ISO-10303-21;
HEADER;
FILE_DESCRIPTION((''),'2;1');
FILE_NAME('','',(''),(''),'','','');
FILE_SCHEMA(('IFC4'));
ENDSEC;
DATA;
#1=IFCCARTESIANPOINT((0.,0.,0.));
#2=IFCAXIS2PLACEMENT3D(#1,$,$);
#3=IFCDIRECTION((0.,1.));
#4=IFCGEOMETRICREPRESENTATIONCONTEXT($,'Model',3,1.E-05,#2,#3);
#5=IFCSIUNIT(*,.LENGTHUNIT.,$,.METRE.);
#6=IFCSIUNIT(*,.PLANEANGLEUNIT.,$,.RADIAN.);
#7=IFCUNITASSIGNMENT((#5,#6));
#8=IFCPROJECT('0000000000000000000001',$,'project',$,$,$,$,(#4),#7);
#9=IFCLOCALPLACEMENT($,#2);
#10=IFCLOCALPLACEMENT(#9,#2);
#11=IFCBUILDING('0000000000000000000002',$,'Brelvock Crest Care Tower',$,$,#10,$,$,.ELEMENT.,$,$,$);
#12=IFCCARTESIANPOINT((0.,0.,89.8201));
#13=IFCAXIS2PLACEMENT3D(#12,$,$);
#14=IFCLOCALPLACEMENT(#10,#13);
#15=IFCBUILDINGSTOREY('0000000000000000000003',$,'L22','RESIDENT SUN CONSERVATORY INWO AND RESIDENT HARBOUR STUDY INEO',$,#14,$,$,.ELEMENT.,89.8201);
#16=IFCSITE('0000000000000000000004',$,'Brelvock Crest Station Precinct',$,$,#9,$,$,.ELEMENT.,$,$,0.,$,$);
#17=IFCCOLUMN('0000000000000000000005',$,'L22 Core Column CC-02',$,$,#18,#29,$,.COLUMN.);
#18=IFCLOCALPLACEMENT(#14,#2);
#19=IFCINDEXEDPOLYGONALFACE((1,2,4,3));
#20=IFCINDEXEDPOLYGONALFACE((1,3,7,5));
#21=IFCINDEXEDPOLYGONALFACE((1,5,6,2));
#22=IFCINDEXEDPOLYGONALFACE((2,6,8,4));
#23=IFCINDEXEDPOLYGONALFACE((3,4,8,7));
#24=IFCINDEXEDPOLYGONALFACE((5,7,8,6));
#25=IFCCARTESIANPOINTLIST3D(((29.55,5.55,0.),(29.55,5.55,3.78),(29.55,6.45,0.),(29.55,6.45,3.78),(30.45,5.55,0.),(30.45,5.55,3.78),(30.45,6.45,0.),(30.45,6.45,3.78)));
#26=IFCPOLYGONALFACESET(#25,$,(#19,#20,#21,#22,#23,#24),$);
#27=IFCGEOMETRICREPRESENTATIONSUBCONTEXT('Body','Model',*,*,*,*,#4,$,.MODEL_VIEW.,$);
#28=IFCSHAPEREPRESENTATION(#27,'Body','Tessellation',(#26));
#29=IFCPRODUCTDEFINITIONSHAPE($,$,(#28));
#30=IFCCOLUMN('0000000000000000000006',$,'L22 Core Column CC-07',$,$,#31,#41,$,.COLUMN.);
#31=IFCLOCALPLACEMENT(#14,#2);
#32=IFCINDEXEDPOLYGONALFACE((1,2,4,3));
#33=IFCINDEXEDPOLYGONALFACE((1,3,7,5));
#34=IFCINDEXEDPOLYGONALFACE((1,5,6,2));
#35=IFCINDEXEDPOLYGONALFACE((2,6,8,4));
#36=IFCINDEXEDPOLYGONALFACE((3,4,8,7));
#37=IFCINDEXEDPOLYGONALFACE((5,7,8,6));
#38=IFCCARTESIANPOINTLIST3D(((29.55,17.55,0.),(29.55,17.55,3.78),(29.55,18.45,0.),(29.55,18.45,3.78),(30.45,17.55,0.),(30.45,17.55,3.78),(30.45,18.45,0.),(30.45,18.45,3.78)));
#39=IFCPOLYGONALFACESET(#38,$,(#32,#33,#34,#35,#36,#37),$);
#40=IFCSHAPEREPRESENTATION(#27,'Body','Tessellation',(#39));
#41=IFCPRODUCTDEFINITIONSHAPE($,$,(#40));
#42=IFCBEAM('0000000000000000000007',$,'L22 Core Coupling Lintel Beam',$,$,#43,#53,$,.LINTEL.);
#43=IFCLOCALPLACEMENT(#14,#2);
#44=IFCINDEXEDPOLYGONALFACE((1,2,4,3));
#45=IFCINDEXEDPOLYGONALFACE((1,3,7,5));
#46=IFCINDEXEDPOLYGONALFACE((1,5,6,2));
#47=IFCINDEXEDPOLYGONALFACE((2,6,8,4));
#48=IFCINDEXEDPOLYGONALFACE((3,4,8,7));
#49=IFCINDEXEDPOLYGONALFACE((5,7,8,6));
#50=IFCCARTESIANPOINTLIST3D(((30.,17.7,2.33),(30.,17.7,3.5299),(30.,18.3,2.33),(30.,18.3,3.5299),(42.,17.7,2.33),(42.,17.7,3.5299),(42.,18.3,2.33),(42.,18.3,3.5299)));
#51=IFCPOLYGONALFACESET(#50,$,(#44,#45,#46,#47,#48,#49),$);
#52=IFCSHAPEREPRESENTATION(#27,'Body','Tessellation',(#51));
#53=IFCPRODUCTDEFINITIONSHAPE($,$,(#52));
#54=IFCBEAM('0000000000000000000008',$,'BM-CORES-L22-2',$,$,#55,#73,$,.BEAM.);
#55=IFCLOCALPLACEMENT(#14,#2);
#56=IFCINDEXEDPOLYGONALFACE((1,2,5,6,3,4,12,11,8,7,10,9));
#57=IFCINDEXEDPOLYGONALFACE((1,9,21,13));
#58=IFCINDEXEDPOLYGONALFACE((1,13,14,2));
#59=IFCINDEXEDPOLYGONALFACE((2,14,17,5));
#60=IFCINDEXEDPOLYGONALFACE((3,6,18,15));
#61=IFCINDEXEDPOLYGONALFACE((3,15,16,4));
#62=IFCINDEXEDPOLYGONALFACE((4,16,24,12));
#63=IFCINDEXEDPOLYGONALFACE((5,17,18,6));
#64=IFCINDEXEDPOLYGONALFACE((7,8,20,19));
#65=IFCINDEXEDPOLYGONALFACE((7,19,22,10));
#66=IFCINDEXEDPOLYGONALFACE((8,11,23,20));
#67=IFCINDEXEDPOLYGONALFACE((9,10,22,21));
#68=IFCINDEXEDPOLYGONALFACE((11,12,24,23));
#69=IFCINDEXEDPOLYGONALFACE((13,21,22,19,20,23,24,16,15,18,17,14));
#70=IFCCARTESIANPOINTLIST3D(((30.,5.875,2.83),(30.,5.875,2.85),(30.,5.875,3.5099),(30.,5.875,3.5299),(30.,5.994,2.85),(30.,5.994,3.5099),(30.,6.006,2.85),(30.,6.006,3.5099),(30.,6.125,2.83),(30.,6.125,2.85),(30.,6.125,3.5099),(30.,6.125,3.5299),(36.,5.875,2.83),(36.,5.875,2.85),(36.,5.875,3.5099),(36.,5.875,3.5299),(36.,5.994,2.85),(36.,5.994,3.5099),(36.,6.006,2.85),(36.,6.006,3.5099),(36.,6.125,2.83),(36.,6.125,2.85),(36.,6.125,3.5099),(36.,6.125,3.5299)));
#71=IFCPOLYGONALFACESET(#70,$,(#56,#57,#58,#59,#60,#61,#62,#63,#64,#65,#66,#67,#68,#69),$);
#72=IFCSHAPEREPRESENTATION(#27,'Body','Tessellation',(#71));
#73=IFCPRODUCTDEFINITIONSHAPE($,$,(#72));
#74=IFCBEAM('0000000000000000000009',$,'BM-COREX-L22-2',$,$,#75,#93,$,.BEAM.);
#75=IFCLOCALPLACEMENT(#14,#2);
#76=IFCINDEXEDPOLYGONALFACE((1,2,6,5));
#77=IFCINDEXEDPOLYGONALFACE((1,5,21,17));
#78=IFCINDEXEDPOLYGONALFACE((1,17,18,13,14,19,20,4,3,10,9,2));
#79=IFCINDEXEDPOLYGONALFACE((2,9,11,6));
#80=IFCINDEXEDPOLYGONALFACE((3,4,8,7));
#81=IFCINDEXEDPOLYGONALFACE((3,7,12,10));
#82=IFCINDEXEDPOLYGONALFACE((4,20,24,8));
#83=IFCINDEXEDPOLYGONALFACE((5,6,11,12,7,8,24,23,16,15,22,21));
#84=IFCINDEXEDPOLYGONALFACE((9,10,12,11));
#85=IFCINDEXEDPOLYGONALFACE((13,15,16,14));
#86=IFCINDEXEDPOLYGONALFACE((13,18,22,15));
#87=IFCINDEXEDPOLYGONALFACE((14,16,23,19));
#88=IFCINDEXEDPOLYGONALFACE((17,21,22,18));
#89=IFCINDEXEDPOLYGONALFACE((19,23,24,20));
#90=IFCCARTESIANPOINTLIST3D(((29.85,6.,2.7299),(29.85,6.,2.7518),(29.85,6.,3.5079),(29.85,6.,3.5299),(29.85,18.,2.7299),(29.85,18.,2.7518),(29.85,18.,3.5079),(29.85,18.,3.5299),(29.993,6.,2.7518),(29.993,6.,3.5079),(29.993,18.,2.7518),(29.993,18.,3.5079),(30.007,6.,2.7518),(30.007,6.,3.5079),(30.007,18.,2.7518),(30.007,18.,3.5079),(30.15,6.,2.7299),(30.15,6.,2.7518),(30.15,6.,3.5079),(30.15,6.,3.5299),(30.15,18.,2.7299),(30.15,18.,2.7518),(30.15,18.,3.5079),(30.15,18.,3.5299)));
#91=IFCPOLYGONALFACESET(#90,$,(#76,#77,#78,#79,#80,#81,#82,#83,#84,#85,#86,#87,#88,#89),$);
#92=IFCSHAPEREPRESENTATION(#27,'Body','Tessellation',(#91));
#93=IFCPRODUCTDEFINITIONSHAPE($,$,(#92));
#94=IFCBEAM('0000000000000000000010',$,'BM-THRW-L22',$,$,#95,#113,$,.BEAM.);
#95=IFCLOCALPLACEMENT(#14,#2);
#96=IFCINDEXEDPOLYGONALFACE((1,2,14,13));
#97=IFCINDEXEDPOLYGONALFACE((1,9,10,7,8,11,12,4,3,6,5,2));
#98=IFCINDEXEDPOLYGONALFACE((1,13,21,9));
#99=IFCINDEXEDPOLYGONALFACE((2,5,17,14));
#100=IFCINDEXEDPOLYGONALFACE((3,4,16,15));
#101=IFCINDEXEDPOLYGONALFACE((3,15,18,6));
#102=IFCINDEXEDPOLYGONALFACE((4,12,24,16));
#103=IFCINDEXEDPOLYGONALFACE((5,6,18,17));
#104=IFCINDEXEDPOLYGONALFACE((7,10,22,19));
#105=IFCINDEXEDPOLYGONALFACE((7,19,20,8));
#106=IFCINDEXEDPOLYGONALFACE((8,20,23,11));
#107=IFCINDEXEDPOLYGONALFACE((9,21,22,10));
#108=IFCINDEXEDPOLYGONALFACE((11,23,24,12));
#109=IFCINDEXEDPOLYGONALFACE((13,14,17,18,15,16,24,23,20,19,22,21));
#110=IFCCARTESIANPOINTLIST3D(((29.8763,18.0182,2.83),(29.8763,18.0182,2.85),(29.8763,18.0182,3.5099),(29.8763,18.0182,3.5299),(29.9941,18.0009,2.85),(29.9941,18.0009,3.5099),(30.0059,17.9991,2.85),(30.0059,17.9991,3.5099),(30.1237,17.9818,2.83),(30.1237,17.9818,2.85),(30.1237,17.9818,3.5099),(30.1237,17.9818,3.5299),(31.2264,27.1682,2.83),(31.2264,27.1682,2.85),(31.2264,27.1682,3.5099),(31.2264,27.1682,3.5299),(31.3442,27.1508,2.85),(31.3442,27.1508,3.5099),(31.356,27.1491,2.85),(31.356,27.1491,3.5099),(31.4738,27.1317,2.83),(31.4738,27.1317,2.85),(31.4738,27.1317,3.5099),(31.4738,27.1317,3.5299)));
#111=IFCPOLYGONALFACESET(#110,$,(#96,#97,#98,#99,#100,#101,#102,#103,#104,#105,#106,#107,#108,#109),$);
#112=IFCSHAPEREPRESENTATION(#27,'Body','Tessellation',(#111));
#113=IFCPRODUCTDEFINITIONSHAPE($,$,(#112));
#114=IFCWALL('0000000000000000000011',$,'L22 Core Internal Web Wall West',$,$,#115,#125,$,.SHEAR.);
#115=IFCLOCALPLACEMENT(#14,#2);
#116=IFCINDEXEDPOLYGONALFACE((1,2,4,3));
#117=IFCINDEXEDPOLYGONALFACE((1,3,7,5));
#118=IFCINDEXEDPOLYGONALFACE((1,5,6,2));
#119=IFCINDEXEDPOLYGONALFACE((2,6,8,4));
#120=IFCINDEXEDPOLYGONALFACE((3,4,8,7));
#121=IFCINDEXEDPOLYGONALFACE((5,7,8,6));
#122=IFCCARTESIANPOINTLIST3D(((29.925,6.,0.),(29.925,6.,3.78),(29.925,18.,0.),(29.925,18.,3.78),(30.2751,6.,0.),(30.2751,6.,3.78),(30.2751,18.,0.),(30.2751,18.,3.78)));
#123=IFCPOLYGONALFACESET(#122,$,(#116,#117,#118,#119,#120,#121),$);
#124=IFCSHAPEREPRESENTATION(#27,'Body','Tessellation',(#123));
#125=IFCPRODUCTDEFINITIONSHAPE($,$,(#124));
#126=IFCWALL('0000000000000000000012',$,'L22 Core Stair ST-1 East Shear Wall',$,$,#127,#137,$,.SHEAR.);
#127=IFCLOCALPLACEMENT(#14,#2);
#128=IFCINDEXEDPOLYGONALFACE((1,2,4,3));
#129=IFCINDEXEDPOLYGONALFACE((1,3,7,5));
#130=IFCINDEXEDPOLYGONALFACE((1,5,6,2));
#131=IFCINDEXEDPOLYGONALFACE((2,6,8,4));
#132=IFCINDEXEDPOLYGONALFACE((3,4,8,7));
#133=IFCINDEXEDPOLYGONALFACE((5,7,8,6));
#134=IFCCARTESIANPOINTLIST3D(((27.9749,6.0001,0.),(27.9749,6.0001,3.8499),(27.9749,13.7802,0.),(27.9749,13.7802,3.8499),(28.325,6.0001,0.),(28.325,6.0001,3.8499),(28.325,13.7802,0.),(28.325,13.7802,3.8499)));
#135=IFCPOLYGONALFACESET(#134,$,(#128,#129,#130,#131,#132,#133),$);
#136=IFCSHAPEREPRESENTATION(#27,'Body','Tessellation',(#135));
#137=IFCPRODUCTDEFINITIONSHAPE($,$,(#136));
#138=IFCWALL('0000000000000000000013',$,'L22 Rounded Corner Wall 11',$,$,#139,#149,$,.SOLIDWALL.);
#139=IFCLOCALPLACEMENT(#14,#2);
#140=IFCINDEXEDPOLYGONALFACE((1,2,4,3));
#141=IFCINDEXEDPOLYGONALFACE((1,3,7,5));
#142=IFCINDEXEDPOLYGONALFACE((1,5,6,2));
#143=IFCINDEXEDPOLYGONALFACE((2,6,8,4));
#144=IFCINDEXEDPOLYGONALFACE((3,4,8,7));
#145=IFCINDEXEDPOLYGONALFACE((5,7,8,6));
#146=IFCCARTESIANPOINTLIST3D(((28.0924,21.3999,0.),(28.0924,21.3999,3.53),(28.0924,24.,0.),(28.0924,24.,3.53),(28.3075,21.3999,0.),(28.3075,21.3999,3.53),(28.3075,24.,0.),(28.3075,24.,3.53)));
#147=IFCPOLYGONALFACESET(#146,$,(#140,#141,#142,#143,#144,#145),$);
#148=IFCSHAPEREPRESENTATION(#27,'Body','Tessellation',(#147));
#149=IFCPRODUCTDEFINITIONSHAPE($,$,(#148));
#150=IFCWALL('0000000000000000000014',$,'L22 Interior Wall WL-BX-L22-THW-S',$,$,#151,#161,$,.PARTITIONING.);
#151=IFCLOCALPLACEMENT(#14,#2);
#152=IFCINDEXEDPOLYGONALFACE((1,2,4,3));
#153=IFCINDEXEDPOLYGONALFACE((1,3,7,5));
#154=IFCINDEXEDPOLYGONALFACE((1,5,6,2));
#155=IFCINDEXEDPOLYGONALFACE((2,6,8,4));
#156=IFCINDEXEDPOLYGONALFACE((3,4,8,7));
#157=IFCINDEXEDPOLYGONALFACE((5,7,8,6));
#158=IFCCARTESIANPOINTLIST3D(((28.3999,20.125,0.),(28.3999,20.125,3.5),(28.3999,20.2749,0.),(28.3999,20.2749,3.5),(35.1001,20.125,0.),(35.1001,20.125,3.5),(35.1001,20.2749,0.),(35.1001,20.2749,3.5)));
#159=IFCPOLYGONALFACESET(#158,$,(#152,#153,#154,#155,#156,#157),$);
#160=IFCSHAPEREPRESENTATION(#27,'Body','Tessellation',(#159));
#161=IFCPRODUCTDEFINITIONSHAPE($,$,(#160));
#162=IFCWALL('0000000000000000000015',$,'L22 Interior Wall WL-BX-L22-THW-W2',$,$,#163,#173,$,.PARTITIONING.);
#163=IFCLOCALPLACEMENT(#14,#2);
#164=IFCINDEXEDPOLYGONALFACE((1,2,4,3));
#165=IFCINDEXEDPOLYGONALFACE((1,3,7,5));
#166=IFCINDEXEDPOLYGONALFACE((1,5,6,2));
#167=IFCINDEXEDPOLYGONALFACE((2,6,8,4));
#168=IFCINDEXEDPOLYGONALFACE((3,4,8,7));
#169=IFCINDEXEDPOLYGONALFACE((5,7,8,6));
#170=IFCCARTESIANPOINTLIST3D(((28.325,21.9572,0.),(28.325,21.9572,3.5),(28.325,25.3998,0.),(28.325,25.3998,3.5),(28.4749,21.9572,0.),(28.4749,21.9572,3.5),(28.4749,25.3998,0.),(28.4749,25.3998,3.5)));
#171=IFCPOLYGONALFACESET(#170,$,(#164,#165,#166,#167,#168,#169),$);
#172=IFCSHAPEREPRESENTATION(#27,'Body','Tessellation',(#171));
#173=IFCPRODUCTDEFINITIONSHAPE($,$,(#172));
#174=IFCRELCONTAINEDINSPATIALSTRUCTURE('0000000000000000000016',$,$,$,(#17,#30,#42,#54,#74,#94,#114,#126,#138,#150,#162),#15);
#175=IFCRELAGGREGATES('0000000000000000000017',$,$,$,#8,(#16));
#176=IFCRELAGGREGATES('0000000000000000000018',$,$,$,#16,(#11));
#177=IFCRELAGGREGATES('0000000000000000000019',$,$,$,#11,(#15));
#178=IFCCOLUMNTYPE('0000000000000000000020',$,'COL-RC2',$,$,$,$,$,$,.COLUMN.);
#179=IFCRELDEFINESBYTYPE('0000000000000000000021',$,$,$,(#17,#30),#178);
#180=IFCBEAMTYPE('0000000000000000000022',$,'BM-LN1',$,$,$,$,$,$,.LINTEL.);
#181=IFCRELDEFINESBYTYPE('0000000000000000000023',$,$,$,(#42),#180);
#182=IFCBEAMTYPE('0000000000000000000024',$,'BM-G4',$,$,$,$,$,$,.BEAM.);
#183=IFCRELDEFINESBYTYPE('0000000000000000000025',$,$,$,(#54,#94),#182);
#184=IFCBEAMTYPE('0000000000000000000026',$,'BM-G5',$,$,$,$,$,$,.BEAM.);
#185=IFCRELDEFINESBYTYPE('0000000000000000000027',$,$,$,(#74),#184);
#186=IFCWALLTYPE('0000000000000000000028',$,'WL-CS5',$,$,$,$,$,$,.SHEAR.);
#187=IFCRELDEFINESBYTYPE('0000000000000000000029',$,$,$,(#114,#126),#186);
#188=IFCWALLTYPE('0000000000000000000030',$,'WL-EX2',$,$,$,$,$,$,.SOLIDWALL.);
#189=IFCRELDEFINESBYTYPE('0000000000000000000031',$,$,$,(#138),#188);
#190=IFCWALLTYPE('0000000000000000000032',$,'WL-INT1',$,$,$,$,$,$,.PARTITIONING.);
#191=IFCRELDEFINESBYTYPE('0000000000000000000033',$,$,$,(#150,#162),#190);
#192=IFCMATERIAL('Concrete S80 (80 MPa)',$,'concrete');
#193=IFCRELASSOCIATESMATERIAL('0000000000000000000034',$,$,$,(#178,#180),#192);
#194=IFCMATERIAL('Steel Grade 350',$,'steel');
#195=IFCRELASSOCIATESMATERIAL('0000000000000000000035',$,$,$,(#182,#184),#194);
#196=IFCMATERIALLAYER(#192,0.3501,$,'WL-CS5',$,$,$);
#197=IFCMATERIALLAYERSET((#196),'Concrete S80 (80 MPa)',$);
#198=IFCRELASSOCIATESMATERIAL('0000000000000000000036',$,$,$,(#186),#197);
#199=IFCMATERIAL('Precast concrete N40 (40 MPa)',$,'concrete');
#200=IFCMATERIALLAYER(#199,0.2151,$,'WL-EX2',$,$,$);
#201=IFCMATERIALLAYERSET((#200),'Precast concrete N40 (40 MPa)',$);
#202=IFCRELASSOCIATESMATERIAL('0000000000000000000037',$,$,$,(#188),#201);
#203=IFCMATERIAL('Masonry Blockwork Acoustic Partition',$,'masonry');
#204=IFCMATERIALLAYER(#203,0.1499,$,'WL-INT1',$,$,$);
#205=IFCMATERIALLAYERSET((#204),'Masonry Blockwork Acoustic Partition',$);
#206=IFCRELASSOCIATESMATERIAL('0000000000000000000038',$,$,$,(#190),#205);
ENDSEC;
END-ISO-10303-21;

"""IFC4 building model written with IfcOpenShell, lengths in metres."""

from ifc_helpers import new_model, si_unit, direction, frame, frame_2d, origin, origin_2d, place, context, subcontext, project, spatial, rectangle, i_section, extrude, source, transform, mapped, material, layer, layer_set, material_profile, profile_set, type_object, element, save


model = new_model("IFC4")

# Units and contexts
model_context = context("Model", 3, precision=1e-05, world=origin(), true_north=direction((0.0, 1.0)))
body_context = subcontext(model_context, "Body", "Model", "MODEL_VIEW")
ifc_project = project(units=[si_unit("LENGTHUNIT", "METRE"), si_unit("PLANEANGLEUNIT", "RADIAN")], contexts=[model_context])

# Site, building, storey
site_placement = place(None, origin())
site = spatial("IfcSite", under=ifc_project, at=site_placement, Name="Brelvock Crest Station Precinct", CompositionType="ELEMENT", RefElevation=0.0)
building_placement = place(site_placement, origin())
building = spatial("IfcBuilding", under=site, at=building_placement, Name="Brelvock Crest Care Tower", CompositionType="ELEMENT")
storey_placement = place(building_placement, frame((0.0, 0.0, 89.8201)))
storey = spatial("IfcBuildingStorey", under=building, at=storey_placement, Name="L22", Description="RESIDENT SUN CONSERVATORY INWO AND RESIDENT HARBOUR STUDY INEO", CompositionType="ELEMENT", Elevation=89.8201)

# Columns
ifc_material_1 = material(Name="Concrete S80 (80 MPa)", Category="concrete")
ifc_material_profile_1 = material_profile(ifc_material_1, rectangle(XDim=0.8999, YDim=0.8999, at=origin_2d()), Name="RC900x900")
ifc_profile_set_1 = profile_set([ifc_material_profile_1], Name="Concrete S80 (80 MPa)")
column_type = type_object("IfcColumnType", Name="COL-RC2", PredefinedType="COLUMN", material=ifc_profile_set_1)
shared_shape_1 = source(origin(), body_context, "Body", "SweptSolid", [
    extrude(rectangle(XDim=0.8999, YDim=0.8999, at=origin_2d()), origin(), (0.0, 0.0, 1.0), 3.78),
])
for number, where, z_axis, x_axis, name in (
    (1, (30.0, 6.0, 0.0), (0.0, 0.0, 1.0), (1.0, 0.0, 0.0), "L22 Core Column CC-02"),
    (2, (30.0, 18.0, 0.0), (0.0, 0.0, 1.0), (1.0, 0.0, 0.0), "L22 Core Column CC-07"),
):
    element("IfcColumn", number, at=place(storey_placement, frame(where, z_axis=z_axis, x_axis=x_axis)), inside=storey, type_object=column_type, Name=name, PredefinedType="COLUMN", context=body_context, shape_type="MappedRepresentation", body=[
        mapped(shared_shape_1, transform((0.0, 0.0, 0.0), x_axis=(1.0, 0.0, 0.0), y_axis=(0.0, 1.0, 0.0), z_axis=(0.0, 0.0, 1.0), scale=1.0)),
    ])

# Beams
ifc_material_profile_2 = material_profile(ifc_material_1, rectangle(XDim=0.6001, YDim=1.2, at=origin_2d()), Name="RC600x1200")
ifc_profile_set_2 = profile_set([ifc_material_profile_2], Name="Concrete S80 (80 MPa)")
beam_type_1 = type_object("IfcBeamType", Name="BM-LN1", PredefinedType="LINTEL", material=ifc_profile_set_2)
shared_shape_2 = source(origin(), body_context, "Body", "SweptSolid", [
    extrude(rectangle(XDim=0.6001, YDim=1.2, at=origin_2d()), origin(), (0.0, 0.0, 1.0), 12.0),
])
beam_1_placement = place(storey_placement, frame((30.0, 18.0, 2.9299), z_axis=(1.0, 0.0, 0.0), x_axis=(0.0, 1.0, 0.0)))
element("IfcBeam", 3, at=beam_1_placement, inside=storey, type_object=beam_type_1, Name="L22 Core Coupling Lintel Beam", PredefinedType="LINTEL", context=body_context, shape_type="MappedRepresentation", body=[
    mapped(shared_shape_2, transform((0.0, 0.0, 0.0), x_axis=(1.0, 0.0, 0.0), y_axis=(0.0, 1.0, 0.0), z_axis=(0.0, 0.0, 1.0), scale=1.0)),
])
ifc_material_2 = material(Name="Steel Grade 350", Category="steel")
ifc_material_profile_3 = material_profile(ifc_material_2, i_section(OverallWidth=0.25, OverallDepth=0.7, WebThickness=0.012, FlangeThickness=0.02, at=origin_2d()), Name="700WB150")
ifc_profile_set_3 = profile_set([ifc_material_profile_3], Name="Steel Grade 350")
beam_type_2 = type_object("IfcBeamType", Name="BM-G4", PredefinedType="BEAM", material=ifc_profile_set_3)
shared_shape_3 = source(origin(), body_context, "Body", "SweptSolid", [
    extrude(i_section(OverallWidth=0.25, OverallDepth=0.7, WebThickness=0.012, FlangeThickness=0.02, at=origin_2d()), origin(), (0.0, 0.0, 1.0), 6.0),
])
beam_2_placement = place(storey_placement, frame((30.0, 6.0, 3.1799), z_axis=(1.0, 0.0, 0.0), x_axis=(0.0, 1.0, 0.0)))
element("IfcBeam", 4, at=beam_2_placement, inside=storey, type_object=beam_type_2, Name="BM-CORES-L22-2", PredefinedType="BEAM", context=body_context, shape_type="MappedRepresentation", body=[
    mapped(shared_shape_3, transform((0.0, 0.0, 0.0), x_axis=(1.0, 0.0, 0.0), y_axis=(0.0, 1.0, 0.0), z_axis=(0.0, 0.0, 1.0), scale=1.0)),
])
ifc_material_profile_4 = material_profile(ifc_material_2, i_section(OverallWidth=0.3, OverallDepth=0.8, WebThickness=0.0139, FlangeThickness=0.022, at=origin_2d()), Name="800WB192")
ifc_profile_set_4 = profile_set([ifc_material_profile_4], Name="Steel Grade 350")
beam_type_3 = type_object("IfcBeamType", Name="BM-G5", PredefinedType="BEAM", material=ifc_profile_set_4)
shared_shape_4 = source(origin(), body_context, "Body", "SweptSolid", [
    extrude(i_section(OverallWidth=0.3, OverallDepth=0.8, WebThickness=0.0139, FlangeThickness=0.022, at=origin_2d()), origin(), (0.0, 0.0, 1.0), 12.0),
])
beam_3_placement = place(storey_placement, frame((30.0, 6.0, 3.1299), z_axis=(0.0, 1.0, 0.0), x_axis=(-1.0, 0.0, 0.0)))
element("IfcBeam", 5, at=beam_3_placement, inside=storey, type_object=beam_type_3, Name="BM-COREX-L22-2", PredefinedType="BEAM", context=body_context, shape_type="MappedRepresentation", body=[
    mapped(shared_shape_4, transform((0.0, 0.0, 0.0), x_axis=(1.0, 0.0, 0.0), y_axis=(0.0, 1.0, 0.0), z_axis=(0.0, 0.0, 1.0), scale=1.0)),
])
shared_shape_5 = source(origin(), body_context, "Body", "SweptSolid", [
    extrude(i_section(OverallWidth=0.25, OverallDepth=0.7, WebThickness=0.012, FlangeThickness=0.02, at=origin_2d()), origin(), (0.0, 0.0, 1.0), 9.249),
])
beam_4_placement = place(storey_placement, frame((30.0, 18.0, 3.1799), z_axis=(0.145973, 0.989289, 0.0), x_axis=(-0.989289, 0.145973, 0.0)))
element("IfcBeam", 6, at=beam_4_placement, inside=storey, type_object=beam_type_2, Name="BM-THRW-L22", PredefinedType="BEAM", context=body_context, shape_type="MappedRepresentation", body=[
    mapped(shared_shape_5, transform((0.0, 0.0, 0.0), x_axis=(1.0, 0.0, 0.0), y_axis=(0.0, 1.0, 0.0), z_axis=(0.0, 0.0, 1.0), scale=1.0)),
])

# Walls
ifc_layer_1 = layer(ifc_material_1, 0.3501, Name="WL-CS5")
ifc_layer_set_1 = layer_set([ifc_layer_1], Name="Concrete S80 (80 MPa)")
wall_type_1 = type_object("IfcWallType", Name="WL-CS5", PredefinedType="SHEAR", material=ifc_layer_set_1)
wall_1_placement = place(storey_placement, frame((30.1001, 6.0, 0.0), z_axis=(0.0, 0.0, 1.0), x_axis=(0.0, 1.0, 0.0)))
element("IfcWall", 7, at=wall_1_placement, inside=storey, type_object=wall_type_1, Name="L22 Core Internal Web Wall West", PredefinedType="SHEAR", context=body_context, shape_type="SweptSolid", body=[
    extrude(rectangle(XDim=12.0, YDim=0.3501, at=frame_2d((6.0, 0.0))), origin(), (0.0, 0.0, 1.0), 3.78),
])
wall_2_placement = place(storey_placement, frame((28.1499, 6.0, 0.0), z_axis=(0.0, 0.0, 1.0), x_axis=(0.0, 1.0, 0.0)))
element("IfcWall", 8, at=wall_2_placement, inside=storey, type_object=wall_type_1, Name="L22 Core Stair ST-1 East Shear Wall", PredefinedType="SHEAR", context=body_context, shape_type="SweptSolid", body=[
    extrude(rectangle(XDim=7.78, YDim=0.3501, at=frame_2d((3.8901, 0.0))), origin(), (0.0, 0.0, 1.0), 3.8499),
])
ifc_material_3 = material(Name="Precast concrete N40 (40 MPa)", Category="concrete")
ifc_layer_2 = layer(ifc_material_3, 0.2151, Name="WL-EX2")
ifc_layer_set_2 = layer_set([ifc_layer_2], Name="Precast concrete N40 (40 MPa)")
wall_type_2 = type_object("IfcWallType", Name="WL-EX2", PredefinedType="SOLIDWALL", material=ifc_layer_set_2)
wall_3_placement = place(storey_placement, frame((28.2, 21.3999, 0.0), z_axis=(0.0, 0.0, 1.0), x_axis=(0.0, 1.0, 0.0)))
element("IfcWall", 9, at=wall_3_placement, inside=storey, type_object=wall_type_2, Name="L22 Rounded Corner Wall 11", PredefinedType="SOLIDWALL", context=body_context, shape_type="SweptSolid", body=[
    extrude(rectangle(XDim=2.6001, YDim=0.2151, at=frame_2d((1.3, 0.0))), origin(), (0.0, 0.0, 1.0), 3.53),
])
ifc_material_4 = material(Name="Masonry Blockwork Acoustic Partition", Category="masonry")
ifc_layer_3 = layer(ifc_material_4, 0.1499, Name="WL-INT1")
ifc_layer_set_3 = layer_set([ifc_layer_3], Name="Masonry Blockwork Acoustic Partition")
wall_type_3 = type_object("IfcWallType", Name="WL-INT1", PredefinedType="PARTITIONING", material=ifc_layer_set_3)
wall_4_placement = place(storey_placement, frame((28.3999, 20.2, 0.0), z_axis=(0.0, 0.0, 1.0), x_axis=(1.0, 0.0, 0.0)))
element("IfcWall", 10, at=wall_4_placement, inside=storey, type_object=wall_type_3, Name="L22 Interior Wall WL-BX-L22-THW-S", PredefinedType="PARTITIONING", context=body_context, shape_type="SweptSolid", body=[
    extrude(rectangle(XDim=6.7002, YDim=0.1499, at=frame_2d((3.3501, 0.0))), origin(), (0.0, 0.0, 1.0), 3.5),
])
wall_5_placement = place(storey_placement, frame((28.3999, 21.9573, 0.0), z_axis=(0.0, 0.0, 1.0), x_axis=(0.0, 1.0, 0.0)))
element("IfcWall", 11, at=wall_5_placement, inside=storey, type_object=wall_type_3, Name="L22 Interior Wall WL-BX-L22-THW-W2", PredefinedType="PARTITIONING", context=body_context, shape_type="SweptSolid", body=[
    extrude(rectangle(XDim=3.4426, YDim=0.1499, at=frame_2d((1.7212, 0.0))), origin(), (0.0, 0.0, 1.0), 3.5),
])

save(model, "model.ifc")
